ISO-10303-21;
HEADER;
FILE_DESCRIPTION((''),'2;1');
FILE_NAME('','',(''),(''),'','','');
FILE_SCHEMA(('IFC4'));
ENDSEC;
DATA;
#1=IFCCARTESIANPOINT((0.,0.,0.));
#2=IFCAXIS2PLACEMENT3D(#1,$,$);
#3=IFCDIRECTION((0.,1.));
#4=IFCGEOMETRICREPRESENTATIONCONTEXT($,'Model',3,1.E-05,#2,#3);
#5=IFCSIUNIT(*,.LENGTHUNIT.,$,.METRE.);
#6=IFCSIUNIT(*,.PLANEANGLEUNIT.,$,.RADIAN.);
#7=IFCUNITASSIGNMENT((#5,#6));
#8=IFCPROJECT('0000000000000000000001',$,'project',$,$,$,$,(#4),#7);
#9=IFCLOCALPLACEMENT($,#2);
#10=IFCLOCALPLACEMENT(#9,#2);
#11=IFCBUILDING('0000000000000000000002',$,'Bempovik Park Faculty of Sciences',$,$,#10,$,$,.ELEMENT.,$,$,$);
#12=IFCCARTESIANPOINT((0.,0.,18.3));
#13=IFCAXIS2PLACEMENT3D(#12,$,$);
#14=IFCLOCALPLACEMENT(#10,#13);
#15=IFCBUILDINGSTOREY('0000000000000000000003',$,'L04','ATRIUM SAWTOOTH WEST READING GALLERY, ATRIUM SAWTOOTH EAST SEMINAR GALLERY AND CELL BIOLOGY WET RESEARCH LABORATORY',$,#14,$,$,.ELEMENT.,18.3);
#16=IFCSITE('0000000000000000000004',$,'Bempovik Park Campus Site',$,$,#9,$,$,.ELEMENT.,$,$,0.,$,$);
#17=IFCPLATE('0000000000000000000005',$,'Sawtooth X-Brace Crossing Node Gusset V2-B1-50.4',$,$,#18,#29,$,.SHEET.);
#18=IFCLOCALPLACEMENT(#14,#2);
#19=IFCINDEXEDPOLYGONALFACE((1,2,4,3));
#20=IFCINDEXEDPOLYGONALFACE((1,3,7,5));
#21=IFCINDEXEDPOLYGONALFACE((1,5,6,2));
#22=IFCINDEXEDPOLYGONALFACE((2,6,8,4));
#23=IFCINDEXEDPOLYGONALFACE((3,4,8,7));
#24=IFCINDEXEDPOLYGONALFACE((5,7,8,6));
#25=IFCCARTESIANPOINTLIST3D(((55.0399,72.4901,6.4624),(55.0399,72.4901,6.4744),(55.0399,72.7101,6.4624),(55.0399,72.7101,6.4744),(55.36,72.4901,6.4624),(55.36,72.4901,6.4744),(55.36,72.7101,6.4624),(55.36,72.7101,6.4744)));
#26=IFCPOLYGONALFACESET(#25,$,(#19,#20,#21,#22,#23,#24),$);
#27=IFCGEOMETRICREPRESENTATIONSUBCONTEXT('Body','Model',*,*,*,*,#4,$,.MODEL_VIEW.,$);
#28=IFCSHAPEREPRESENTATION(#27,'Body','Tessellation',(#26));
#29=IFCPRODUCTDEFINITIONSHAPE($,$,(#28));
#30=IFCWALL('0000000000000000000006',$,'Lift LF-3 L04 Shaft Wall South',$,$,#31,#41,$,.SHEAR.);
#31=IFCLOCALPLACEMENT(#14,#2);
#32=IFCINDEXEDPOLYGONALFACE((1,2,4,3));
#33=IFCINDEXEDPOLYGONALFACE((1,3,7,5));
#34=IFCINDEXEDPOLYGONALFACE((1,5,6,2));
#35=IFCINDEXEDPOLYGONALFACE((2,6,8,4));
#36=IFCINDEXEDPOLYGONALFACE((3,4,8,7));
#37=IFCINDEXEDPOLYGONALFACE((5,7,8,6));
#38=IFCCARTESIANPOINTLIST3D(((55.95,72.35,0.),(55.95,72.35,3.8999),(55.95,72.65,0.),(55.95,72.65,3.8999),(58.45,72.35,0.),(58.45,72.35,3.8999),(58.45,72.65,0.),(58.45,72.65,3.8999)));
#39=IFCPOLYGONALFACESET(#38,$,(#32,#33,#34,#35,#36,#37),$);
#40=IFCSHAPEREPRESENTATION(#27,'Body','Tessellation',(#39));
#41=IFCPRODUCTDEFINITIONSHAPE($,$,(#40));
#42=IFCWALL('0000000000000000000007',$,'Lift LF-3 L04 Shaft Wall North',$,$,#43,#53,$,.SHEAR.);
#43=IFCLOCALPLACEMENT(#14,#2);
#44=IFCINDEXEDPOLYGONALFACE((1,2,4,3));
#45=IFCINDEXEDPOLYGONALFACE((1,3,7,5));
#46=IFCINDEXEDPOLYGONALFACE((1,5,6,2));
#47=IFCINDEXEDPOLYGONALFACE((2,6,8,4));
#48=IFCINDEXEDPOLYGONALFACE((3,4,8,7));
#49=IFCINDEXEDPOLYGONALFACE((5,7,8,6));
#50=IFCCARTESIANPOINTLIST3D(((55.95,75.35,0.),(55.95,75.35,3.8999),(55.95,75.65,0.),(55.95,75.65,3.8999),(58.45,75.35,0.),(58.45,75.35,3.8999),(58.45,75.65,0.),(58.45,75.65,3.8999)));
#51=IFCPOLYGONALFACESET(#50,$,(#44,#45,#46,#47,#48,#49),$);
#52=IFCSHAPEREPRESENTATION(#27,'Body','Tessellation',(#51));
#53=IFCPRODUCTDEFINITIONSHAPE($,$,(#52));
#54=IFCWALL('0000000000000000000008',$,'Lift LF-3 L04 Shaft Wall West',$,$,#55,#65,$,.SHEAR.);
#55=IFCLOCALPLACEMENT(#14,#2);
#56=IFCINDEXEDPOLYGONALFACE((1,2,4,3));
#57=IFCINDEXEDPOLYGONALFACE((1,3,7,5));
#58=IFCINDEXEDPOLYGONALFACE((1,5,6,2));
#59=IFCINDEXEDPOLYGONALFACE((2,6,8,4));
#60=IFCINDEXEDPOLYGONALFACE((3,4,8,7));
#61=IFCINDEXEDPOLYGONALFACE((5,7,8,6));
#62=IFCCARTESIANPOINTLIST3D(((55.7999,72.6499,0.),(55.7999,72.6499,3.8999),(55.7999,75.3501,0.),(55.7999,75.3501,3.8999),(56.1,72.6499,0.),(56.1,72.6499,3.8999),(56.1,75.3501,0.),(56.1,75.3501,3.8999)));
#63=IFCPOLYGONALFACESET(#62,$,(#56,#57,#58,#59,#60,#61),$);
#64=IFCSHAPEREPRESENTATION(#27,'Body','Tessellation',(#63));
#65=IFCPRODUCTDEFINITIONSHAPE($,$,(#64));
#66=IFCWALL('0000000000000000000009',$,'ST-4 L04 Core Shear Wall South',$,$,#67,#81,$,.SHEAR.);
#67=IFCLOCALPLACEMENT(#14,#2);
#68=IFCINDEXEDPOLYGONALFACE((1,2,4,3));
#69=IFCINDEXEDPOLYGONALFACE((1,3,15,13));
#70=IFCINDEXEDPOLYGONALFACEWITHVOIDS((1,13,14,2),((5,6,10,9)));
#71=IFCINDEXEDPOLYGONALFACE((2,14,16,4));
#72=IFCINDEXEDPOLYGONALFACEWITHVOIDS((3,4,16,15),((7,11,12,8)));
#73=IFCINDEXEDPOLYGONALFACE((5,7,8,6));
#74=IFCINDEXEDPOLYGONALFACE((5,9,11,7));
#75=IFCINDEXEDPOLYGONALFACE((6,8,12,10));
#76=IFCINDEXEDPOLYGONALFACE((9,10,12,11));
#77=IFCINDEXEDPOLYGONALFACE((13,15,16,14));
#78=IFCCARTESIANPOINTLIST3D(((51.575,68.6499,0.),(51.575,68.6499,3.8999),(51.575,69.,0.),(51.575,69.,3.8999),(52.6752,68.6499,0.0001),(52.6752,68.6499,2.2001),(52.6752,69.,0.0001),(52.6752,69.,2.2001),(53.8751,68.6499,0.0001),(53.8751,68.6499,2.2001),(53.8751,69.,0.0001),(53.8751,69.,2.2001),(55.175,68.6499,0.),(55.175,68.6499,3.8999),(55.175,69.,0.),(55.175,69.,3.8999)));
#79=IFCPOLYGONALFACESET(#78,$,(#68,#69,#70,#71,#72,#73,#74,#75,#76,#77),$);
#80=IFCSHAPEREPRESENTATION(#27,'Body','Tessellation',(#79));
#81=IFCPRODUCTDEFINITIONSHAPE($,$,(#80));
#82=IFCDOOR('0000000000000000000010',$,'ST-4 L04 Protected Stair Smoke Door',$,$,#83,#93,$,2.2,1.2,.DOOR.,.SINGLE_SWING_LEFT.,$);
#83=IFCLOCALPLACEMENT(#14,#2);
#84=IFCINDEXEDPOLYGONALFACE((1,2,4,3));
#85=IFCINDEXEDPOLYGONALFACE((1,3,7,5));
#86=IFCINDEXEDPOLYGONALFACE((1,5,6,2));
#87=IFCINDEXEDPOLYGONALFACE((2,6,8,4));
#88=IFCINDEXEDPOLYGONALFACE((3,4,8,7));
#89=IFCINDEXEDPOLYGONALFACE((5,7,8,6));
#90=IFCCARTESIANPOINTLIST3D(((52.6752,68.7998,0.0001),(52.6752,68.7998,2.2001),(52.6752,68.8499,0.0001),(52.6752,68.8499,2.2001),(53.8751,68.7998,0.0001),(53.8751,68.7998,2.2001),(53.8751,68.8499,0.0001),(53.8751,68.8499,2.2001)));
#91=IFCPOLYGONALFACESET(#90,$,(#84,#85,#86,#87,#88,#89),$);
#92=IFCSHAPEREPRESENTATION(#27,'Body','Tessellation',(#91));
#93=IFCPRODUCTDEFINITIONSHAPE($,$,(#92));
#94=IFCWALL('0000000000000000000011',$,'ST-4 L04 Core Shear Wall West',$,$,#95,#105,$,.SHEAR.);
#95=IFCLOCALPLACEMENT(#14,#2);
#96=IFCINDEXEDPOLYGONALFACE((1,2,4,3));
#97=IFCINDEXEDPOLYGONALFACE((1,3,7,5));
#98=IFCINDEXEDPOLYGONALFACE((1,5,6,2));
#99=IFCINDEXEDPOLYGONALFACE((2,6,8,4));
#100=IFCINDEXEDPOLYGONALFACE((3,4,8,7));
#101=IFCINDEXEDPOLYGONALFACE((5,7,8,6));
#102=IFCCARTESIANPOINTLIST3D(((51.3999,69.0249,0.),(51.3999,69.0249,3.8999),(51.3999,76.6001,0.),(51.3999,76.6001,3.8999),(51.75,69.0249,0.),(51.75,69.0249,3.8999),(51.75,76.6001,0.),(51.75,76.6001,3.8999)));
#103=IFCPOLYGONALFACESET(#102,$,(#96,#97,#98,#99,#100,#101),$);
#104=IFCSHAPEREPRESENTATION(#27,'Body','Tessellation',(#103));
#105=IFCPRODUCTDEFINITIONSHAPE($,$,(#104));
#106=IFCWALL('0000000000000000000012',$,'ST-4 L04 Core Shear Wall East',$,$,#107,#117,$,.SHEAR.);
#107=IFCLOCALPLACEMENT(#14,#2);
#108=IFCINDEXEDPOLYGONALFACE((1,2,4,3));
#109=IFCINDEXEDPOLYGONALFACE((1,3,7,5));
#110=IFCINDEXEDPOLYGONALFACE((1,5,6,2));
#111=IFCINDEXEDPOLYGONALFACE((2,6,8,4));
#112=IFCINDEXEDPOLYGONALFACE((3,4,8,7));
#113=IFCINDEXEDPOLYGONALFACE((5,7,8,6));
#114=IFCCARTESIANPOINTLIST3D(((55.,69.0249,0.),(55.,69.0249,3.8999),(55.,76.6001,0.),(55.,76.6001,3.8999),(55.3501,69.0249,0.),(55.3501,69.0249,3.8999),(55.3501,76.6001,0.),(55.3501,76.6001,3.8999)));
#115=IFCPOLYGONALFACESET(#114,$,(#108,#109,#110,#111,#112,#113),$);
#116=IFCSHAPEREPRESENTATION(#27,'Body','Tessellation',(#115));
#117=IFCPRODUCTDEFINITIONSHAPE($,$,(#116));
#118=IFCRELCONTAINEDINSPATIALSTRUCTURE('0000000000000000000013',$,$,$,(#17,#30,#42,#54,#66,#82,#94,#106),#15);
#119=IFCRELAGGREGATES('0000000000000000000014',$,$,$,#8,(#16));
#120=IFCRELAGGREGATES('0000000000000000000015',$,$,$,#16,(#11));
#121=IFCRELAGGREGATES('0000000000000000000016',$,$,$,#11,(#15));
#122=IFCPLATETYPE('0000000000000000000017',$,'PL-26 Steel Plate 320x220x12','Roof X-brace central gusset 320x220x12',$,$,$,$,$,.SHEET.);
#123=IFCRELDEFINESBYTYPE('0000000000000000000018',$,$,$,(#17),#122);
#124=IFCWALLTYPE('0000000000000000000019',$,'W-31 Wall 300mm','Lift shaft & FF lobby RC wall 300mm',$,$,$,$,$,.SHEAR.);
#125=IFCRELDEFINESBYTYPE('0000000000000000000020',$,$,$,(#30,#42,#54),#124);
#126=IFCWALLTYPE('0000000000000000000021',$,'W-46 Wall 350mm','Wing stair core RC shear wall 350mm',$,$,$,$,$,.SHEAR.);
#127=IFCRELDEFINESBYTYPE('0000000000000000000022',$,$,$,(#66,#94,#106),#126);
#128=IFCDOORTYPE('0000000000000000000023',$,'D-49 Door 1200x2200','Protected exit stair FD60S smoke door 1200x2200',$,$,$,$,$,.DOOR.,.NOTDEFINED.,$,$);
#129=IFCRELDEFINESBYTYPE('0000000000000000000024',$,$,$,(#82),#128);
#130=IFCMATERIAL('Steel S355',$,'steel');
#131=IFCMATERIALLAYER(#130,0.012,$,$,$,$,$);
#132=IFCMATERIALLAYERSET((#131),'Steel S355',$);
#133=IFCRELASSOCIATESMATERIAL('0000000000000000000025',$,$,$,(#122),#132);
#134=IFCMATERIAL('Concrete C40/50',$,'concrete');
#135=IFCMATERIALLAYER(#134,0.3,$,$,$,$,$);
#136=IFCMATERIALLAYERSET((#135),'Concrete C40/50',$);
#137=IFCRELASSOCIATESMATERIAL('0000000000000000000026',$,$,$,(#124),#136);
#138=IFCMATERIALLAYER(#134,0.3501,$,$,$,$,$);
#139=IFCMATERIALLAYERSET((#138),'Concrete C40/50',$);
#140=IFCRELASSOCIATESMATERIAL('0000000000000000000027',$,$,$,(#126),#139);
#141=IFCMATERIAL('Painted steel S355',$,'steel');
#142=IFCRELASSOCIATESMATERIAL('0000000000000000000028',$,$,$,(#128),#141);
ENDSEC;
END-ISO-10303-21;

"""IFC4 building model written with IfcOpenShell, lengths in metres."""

from ifc_helpers import new_model, si_unit, direction, frame, frame_2d, origin, origin_2d, place, context, subcontext, project, spatial, rectangle, extrude, material, layer, layer_set, type_object, element, fill, save


model = new_model("IFC4")

# Units and contexts
model_context = context("Model", 3, precision=1e-05, world=origin(), true_north=direction((0.0, 1.0)))
body_context = subcontext(model_context, "Body", "Model", "MODEL_VIEW")
ifc_project = project(units=[si_unit("LENGTHUNIT", "METRE"), si_unit("PLANEANGLEUNIT", "RADIAN")], contexts=[model_context])

# Site, building, storey
site_placement = place(None, origin())
site = spatial("IfcSite", under=ifc_project, at=site_placement, Name="Bempovik Park Campus Site", CompositionType="ELEMENT", RefElevation=0.0)
building_placement = place(site_placement, origin())
building = spatial("IfcBuilding", under=site, at=building_placement, Name="Bempovik Park Faculty of Sciences", CompositionType="ELEMENT")
storey_placement = place(building_placement, frame((0.0, 0.0, 18.3)))
storey = spatial("IfcBuildingStorey", under=building, at=storey_placement, Name="L04", Description="ATRIUM SAWTOOTH WEST READING GALLERY, ATRIUM SAWTOOTH EAST SEMINAR GALLERY AND CELL BIOLOGY WET RESEARCH LABORATORY", CompositionType="ELEMENT", Elevation=18.3)

# Shared definitions
ifc_material_1 = material(Name="Steel S355", Category="steel")

# Plate
ifc_layer_1 = layer(ifc_material_1, 0.012)
ifc_layer_set_1 = layer_set([ifc_layer_1], Name="Steel S355")
plate_type_1 = type_object("IfcPlateType", Name="PL-26 Steel Plate 320x220x12", Description="Roof X-brace central gusset 320x220x12", PredefinedType="SHEET", material=ifc_layer_set_1)
plate_1_placement = place(storey_placement, frame((55.2, 72.6001, 6.4624), z_axis=(0.0, 0.0, 1.0), x_axis=(1.0, 0.0, 0.0)))
element("IfcPlate", 1, at=plate_1_placement, inside=storey, type_object=plate_type_1, Name="Sawtooth X-Brace Crossing Node Gusset V2-B1-50.4", PredefinedType="SHEET", context=body_context, shape_type="SweptSolid", body=[
    extrude(rectangle(XDim=0.3201, YDim=0.22, at=origin_2d()), origin(), (0.0, 0.0, 1.0), 0.012),
])

# Walls
ifc_material_2 = material(Name="Concrete C40/50", Category="concrete")
ifc_layer_2 = layer(ifc_material_2, 0.3)
ifc_layer_set_2 = layer_set([ifc_layer_2], Name="Concrete C40/50")
wall_type_1 = type_object("IfcWallType", Name="W-31 Wall 300mm", Description="Lift shaft & FF lobby RC wall 300mm", PredefinedType="SHEAR", material=ifc_layer_set_2)
for number, where, z_axis, x_axis, name in (
    (2, (55.95, 72.5, 0.0), (0.0, 0.0, 1.0), (1.0, 0.0, 0.0), "Lift LF-3 L04 Shaft Wall South"),
    (3, (55.95, 75.5, 0.0), (0.0, 0.0, 1.0), (1.0, 0.0, 0.0), "Lift LF-3 L04 Shaft Wall North"),
):
    element("IfcWall", number, at=place(storey_placement, frame(where, z_axis=z_axis, x_axis=x_axis)), inside=storey, type_object=wall_type_1, Name=name, PredefinedType="SHEAR", context=body_context, shape_type="SweptSolid", body=[
        extrude(rectangle(XDim=2.5, YDim=0.3, at=frame_2d((1.25, 0.0))), origin(), (0.0, 0.0, 1.0), 3.8999),
    ])
wall_1_placement = place(storey_placement, frame((55.95, 72.6499, 0.0), z_axis=(0.0, 0.0, 1.0), x_axis=(0.0, 1.0, 0.0)))
element("IfcWall", 4, at=wall_1_placement, inside=storey, type_object=wall_type_1, Name="Lift LF-3 L04 Shaft Wall West", PredefinedType="SHEAR", context=body_context, shape_type="SweptSolid", body=[
    extrude(rectangle(XDim=2.7002, YDim=0.3, at=frame_2d((1.3501, 0.0))), origin(), (0.0, 0.0, 1.0), 3.8999),
])

# Wall, opening, door
ifc_layer_3 = layer(ifc_material_2, 0.3501)
ifc_layer_set_3 = layer_set([ifc_layer_3], Name="Concrete C40/50")
wall_type_2 = type_object("IfcWallType", Name="W-46 Wall 350mm", Description="Wing stair core RC shear wall 350mm", PredefinedType="SHEAR", material=ifc_layer_set_3)
wall_2_placement = place(storey_placement, frame((51.575, 68.825, 0.0), z_axis=(0.0, 0.0, 1.0), x_axis=(1.0, 0.0, 0.0)))
wall_2 = element("IfcWall", 5, at=wall_2_placement, inside=storey, type_object=wall_type_2, Name="ST-4 L04 Core Shear Wall South", PredefinedType="SHEAR", context=body_context, shape_type="SweptSolid", body=[
    extrude(rectangle(XDim=3.6001, YDim=0.3501, at=frame_2d((1.8, 0.0))), origin(), (0.0, 0.0, 1.0), 3.8999),
])
opening_placement = place(wall_2_placement, frame((1.1001, 0.0, 0.0)))
opening = element("IfcOpeningElement", 6, at=opening_placement, cuts=wall_2, PredefinedType="OPENING", context=body_context, shape_type="SweptSolid", body=[
    extrude(rectangle(XDim=1.2, YDim=2.2, at=frame_2d((0.6001, 1.1001))), frame((0.0, 0.1851, 0.0), z_axis=(0.0, -1.0, 0.0), x_axis=(1.0, 0.0, 0.0)), (0.0, 0.0, 1.0), 0.3701),
])
ifc_material_3 = material(Name="Painted steel S355", Category="steel")
door_type = type_object("IfcDoorType", Name="D-49 Door 1200x2200", Description="Protected exit stair FD60S smoke door 1200x2200", OperationType="NOTDEFINED", PredefinedType="DOOR", material=ifc_material_3)
door_placement = place(opening_placement, origin())
door = element("IfcDoor", 7, at=door_placement, inside=storey, type_object=door_type, Name="ST-4 L04 Protected Stair Smoke Door", OperationType="SINGLE_SWING_LEFT", OverallHeight=2.2, OverallWidth=1.2, PredefinedType="DOOR", context=body_context, shape_type="SweptSolid", body=[
    extrude(rectangle(XDim=1.2, YDim=2.2, at=frame_2d((0.6001, 1.1001))), frame((0.0, 0.0249, 0.0), z_axis=(0.0, -1.0, 0.0), x_axis=(1.0, 0.0, 0.0)), (0.0, 0.0, 1.0), 0.05),
])
fill(opening, door)

# Walls
for number, where, z_axis, x_axis, name in (
    (8, (51.575, 69.0249, 0.0), (0.0, 0.0, 1.0), (0.0, 1.0, 0.0), "ST-4 L04 Core Shear Wall West"),
    (9, (55.175, 69.0249, 0.0), (0.0, 0.0, 1.0), (0.0, 1.0, 0.0), "ST-4 L04 Core Shear Wall East"),
):
    element("IfcWall", number, at=place(storey_placement, frame(where, z_axis=z_axis, x_axis=x_axis)), inside=storey, type_object=wall_type_2, Name=name, PredefinedType="SHEAR", context=body_context, shape_type="SweptSolid", body=[
        extrude(rectangle(XDim=7.5752, YDim=0.3501, at=frame_2d((3.7876, 0.0))), origin(), (0.0, 0.0, 1.0), 3.8999),
    ])

save(model, "model.ifc")
